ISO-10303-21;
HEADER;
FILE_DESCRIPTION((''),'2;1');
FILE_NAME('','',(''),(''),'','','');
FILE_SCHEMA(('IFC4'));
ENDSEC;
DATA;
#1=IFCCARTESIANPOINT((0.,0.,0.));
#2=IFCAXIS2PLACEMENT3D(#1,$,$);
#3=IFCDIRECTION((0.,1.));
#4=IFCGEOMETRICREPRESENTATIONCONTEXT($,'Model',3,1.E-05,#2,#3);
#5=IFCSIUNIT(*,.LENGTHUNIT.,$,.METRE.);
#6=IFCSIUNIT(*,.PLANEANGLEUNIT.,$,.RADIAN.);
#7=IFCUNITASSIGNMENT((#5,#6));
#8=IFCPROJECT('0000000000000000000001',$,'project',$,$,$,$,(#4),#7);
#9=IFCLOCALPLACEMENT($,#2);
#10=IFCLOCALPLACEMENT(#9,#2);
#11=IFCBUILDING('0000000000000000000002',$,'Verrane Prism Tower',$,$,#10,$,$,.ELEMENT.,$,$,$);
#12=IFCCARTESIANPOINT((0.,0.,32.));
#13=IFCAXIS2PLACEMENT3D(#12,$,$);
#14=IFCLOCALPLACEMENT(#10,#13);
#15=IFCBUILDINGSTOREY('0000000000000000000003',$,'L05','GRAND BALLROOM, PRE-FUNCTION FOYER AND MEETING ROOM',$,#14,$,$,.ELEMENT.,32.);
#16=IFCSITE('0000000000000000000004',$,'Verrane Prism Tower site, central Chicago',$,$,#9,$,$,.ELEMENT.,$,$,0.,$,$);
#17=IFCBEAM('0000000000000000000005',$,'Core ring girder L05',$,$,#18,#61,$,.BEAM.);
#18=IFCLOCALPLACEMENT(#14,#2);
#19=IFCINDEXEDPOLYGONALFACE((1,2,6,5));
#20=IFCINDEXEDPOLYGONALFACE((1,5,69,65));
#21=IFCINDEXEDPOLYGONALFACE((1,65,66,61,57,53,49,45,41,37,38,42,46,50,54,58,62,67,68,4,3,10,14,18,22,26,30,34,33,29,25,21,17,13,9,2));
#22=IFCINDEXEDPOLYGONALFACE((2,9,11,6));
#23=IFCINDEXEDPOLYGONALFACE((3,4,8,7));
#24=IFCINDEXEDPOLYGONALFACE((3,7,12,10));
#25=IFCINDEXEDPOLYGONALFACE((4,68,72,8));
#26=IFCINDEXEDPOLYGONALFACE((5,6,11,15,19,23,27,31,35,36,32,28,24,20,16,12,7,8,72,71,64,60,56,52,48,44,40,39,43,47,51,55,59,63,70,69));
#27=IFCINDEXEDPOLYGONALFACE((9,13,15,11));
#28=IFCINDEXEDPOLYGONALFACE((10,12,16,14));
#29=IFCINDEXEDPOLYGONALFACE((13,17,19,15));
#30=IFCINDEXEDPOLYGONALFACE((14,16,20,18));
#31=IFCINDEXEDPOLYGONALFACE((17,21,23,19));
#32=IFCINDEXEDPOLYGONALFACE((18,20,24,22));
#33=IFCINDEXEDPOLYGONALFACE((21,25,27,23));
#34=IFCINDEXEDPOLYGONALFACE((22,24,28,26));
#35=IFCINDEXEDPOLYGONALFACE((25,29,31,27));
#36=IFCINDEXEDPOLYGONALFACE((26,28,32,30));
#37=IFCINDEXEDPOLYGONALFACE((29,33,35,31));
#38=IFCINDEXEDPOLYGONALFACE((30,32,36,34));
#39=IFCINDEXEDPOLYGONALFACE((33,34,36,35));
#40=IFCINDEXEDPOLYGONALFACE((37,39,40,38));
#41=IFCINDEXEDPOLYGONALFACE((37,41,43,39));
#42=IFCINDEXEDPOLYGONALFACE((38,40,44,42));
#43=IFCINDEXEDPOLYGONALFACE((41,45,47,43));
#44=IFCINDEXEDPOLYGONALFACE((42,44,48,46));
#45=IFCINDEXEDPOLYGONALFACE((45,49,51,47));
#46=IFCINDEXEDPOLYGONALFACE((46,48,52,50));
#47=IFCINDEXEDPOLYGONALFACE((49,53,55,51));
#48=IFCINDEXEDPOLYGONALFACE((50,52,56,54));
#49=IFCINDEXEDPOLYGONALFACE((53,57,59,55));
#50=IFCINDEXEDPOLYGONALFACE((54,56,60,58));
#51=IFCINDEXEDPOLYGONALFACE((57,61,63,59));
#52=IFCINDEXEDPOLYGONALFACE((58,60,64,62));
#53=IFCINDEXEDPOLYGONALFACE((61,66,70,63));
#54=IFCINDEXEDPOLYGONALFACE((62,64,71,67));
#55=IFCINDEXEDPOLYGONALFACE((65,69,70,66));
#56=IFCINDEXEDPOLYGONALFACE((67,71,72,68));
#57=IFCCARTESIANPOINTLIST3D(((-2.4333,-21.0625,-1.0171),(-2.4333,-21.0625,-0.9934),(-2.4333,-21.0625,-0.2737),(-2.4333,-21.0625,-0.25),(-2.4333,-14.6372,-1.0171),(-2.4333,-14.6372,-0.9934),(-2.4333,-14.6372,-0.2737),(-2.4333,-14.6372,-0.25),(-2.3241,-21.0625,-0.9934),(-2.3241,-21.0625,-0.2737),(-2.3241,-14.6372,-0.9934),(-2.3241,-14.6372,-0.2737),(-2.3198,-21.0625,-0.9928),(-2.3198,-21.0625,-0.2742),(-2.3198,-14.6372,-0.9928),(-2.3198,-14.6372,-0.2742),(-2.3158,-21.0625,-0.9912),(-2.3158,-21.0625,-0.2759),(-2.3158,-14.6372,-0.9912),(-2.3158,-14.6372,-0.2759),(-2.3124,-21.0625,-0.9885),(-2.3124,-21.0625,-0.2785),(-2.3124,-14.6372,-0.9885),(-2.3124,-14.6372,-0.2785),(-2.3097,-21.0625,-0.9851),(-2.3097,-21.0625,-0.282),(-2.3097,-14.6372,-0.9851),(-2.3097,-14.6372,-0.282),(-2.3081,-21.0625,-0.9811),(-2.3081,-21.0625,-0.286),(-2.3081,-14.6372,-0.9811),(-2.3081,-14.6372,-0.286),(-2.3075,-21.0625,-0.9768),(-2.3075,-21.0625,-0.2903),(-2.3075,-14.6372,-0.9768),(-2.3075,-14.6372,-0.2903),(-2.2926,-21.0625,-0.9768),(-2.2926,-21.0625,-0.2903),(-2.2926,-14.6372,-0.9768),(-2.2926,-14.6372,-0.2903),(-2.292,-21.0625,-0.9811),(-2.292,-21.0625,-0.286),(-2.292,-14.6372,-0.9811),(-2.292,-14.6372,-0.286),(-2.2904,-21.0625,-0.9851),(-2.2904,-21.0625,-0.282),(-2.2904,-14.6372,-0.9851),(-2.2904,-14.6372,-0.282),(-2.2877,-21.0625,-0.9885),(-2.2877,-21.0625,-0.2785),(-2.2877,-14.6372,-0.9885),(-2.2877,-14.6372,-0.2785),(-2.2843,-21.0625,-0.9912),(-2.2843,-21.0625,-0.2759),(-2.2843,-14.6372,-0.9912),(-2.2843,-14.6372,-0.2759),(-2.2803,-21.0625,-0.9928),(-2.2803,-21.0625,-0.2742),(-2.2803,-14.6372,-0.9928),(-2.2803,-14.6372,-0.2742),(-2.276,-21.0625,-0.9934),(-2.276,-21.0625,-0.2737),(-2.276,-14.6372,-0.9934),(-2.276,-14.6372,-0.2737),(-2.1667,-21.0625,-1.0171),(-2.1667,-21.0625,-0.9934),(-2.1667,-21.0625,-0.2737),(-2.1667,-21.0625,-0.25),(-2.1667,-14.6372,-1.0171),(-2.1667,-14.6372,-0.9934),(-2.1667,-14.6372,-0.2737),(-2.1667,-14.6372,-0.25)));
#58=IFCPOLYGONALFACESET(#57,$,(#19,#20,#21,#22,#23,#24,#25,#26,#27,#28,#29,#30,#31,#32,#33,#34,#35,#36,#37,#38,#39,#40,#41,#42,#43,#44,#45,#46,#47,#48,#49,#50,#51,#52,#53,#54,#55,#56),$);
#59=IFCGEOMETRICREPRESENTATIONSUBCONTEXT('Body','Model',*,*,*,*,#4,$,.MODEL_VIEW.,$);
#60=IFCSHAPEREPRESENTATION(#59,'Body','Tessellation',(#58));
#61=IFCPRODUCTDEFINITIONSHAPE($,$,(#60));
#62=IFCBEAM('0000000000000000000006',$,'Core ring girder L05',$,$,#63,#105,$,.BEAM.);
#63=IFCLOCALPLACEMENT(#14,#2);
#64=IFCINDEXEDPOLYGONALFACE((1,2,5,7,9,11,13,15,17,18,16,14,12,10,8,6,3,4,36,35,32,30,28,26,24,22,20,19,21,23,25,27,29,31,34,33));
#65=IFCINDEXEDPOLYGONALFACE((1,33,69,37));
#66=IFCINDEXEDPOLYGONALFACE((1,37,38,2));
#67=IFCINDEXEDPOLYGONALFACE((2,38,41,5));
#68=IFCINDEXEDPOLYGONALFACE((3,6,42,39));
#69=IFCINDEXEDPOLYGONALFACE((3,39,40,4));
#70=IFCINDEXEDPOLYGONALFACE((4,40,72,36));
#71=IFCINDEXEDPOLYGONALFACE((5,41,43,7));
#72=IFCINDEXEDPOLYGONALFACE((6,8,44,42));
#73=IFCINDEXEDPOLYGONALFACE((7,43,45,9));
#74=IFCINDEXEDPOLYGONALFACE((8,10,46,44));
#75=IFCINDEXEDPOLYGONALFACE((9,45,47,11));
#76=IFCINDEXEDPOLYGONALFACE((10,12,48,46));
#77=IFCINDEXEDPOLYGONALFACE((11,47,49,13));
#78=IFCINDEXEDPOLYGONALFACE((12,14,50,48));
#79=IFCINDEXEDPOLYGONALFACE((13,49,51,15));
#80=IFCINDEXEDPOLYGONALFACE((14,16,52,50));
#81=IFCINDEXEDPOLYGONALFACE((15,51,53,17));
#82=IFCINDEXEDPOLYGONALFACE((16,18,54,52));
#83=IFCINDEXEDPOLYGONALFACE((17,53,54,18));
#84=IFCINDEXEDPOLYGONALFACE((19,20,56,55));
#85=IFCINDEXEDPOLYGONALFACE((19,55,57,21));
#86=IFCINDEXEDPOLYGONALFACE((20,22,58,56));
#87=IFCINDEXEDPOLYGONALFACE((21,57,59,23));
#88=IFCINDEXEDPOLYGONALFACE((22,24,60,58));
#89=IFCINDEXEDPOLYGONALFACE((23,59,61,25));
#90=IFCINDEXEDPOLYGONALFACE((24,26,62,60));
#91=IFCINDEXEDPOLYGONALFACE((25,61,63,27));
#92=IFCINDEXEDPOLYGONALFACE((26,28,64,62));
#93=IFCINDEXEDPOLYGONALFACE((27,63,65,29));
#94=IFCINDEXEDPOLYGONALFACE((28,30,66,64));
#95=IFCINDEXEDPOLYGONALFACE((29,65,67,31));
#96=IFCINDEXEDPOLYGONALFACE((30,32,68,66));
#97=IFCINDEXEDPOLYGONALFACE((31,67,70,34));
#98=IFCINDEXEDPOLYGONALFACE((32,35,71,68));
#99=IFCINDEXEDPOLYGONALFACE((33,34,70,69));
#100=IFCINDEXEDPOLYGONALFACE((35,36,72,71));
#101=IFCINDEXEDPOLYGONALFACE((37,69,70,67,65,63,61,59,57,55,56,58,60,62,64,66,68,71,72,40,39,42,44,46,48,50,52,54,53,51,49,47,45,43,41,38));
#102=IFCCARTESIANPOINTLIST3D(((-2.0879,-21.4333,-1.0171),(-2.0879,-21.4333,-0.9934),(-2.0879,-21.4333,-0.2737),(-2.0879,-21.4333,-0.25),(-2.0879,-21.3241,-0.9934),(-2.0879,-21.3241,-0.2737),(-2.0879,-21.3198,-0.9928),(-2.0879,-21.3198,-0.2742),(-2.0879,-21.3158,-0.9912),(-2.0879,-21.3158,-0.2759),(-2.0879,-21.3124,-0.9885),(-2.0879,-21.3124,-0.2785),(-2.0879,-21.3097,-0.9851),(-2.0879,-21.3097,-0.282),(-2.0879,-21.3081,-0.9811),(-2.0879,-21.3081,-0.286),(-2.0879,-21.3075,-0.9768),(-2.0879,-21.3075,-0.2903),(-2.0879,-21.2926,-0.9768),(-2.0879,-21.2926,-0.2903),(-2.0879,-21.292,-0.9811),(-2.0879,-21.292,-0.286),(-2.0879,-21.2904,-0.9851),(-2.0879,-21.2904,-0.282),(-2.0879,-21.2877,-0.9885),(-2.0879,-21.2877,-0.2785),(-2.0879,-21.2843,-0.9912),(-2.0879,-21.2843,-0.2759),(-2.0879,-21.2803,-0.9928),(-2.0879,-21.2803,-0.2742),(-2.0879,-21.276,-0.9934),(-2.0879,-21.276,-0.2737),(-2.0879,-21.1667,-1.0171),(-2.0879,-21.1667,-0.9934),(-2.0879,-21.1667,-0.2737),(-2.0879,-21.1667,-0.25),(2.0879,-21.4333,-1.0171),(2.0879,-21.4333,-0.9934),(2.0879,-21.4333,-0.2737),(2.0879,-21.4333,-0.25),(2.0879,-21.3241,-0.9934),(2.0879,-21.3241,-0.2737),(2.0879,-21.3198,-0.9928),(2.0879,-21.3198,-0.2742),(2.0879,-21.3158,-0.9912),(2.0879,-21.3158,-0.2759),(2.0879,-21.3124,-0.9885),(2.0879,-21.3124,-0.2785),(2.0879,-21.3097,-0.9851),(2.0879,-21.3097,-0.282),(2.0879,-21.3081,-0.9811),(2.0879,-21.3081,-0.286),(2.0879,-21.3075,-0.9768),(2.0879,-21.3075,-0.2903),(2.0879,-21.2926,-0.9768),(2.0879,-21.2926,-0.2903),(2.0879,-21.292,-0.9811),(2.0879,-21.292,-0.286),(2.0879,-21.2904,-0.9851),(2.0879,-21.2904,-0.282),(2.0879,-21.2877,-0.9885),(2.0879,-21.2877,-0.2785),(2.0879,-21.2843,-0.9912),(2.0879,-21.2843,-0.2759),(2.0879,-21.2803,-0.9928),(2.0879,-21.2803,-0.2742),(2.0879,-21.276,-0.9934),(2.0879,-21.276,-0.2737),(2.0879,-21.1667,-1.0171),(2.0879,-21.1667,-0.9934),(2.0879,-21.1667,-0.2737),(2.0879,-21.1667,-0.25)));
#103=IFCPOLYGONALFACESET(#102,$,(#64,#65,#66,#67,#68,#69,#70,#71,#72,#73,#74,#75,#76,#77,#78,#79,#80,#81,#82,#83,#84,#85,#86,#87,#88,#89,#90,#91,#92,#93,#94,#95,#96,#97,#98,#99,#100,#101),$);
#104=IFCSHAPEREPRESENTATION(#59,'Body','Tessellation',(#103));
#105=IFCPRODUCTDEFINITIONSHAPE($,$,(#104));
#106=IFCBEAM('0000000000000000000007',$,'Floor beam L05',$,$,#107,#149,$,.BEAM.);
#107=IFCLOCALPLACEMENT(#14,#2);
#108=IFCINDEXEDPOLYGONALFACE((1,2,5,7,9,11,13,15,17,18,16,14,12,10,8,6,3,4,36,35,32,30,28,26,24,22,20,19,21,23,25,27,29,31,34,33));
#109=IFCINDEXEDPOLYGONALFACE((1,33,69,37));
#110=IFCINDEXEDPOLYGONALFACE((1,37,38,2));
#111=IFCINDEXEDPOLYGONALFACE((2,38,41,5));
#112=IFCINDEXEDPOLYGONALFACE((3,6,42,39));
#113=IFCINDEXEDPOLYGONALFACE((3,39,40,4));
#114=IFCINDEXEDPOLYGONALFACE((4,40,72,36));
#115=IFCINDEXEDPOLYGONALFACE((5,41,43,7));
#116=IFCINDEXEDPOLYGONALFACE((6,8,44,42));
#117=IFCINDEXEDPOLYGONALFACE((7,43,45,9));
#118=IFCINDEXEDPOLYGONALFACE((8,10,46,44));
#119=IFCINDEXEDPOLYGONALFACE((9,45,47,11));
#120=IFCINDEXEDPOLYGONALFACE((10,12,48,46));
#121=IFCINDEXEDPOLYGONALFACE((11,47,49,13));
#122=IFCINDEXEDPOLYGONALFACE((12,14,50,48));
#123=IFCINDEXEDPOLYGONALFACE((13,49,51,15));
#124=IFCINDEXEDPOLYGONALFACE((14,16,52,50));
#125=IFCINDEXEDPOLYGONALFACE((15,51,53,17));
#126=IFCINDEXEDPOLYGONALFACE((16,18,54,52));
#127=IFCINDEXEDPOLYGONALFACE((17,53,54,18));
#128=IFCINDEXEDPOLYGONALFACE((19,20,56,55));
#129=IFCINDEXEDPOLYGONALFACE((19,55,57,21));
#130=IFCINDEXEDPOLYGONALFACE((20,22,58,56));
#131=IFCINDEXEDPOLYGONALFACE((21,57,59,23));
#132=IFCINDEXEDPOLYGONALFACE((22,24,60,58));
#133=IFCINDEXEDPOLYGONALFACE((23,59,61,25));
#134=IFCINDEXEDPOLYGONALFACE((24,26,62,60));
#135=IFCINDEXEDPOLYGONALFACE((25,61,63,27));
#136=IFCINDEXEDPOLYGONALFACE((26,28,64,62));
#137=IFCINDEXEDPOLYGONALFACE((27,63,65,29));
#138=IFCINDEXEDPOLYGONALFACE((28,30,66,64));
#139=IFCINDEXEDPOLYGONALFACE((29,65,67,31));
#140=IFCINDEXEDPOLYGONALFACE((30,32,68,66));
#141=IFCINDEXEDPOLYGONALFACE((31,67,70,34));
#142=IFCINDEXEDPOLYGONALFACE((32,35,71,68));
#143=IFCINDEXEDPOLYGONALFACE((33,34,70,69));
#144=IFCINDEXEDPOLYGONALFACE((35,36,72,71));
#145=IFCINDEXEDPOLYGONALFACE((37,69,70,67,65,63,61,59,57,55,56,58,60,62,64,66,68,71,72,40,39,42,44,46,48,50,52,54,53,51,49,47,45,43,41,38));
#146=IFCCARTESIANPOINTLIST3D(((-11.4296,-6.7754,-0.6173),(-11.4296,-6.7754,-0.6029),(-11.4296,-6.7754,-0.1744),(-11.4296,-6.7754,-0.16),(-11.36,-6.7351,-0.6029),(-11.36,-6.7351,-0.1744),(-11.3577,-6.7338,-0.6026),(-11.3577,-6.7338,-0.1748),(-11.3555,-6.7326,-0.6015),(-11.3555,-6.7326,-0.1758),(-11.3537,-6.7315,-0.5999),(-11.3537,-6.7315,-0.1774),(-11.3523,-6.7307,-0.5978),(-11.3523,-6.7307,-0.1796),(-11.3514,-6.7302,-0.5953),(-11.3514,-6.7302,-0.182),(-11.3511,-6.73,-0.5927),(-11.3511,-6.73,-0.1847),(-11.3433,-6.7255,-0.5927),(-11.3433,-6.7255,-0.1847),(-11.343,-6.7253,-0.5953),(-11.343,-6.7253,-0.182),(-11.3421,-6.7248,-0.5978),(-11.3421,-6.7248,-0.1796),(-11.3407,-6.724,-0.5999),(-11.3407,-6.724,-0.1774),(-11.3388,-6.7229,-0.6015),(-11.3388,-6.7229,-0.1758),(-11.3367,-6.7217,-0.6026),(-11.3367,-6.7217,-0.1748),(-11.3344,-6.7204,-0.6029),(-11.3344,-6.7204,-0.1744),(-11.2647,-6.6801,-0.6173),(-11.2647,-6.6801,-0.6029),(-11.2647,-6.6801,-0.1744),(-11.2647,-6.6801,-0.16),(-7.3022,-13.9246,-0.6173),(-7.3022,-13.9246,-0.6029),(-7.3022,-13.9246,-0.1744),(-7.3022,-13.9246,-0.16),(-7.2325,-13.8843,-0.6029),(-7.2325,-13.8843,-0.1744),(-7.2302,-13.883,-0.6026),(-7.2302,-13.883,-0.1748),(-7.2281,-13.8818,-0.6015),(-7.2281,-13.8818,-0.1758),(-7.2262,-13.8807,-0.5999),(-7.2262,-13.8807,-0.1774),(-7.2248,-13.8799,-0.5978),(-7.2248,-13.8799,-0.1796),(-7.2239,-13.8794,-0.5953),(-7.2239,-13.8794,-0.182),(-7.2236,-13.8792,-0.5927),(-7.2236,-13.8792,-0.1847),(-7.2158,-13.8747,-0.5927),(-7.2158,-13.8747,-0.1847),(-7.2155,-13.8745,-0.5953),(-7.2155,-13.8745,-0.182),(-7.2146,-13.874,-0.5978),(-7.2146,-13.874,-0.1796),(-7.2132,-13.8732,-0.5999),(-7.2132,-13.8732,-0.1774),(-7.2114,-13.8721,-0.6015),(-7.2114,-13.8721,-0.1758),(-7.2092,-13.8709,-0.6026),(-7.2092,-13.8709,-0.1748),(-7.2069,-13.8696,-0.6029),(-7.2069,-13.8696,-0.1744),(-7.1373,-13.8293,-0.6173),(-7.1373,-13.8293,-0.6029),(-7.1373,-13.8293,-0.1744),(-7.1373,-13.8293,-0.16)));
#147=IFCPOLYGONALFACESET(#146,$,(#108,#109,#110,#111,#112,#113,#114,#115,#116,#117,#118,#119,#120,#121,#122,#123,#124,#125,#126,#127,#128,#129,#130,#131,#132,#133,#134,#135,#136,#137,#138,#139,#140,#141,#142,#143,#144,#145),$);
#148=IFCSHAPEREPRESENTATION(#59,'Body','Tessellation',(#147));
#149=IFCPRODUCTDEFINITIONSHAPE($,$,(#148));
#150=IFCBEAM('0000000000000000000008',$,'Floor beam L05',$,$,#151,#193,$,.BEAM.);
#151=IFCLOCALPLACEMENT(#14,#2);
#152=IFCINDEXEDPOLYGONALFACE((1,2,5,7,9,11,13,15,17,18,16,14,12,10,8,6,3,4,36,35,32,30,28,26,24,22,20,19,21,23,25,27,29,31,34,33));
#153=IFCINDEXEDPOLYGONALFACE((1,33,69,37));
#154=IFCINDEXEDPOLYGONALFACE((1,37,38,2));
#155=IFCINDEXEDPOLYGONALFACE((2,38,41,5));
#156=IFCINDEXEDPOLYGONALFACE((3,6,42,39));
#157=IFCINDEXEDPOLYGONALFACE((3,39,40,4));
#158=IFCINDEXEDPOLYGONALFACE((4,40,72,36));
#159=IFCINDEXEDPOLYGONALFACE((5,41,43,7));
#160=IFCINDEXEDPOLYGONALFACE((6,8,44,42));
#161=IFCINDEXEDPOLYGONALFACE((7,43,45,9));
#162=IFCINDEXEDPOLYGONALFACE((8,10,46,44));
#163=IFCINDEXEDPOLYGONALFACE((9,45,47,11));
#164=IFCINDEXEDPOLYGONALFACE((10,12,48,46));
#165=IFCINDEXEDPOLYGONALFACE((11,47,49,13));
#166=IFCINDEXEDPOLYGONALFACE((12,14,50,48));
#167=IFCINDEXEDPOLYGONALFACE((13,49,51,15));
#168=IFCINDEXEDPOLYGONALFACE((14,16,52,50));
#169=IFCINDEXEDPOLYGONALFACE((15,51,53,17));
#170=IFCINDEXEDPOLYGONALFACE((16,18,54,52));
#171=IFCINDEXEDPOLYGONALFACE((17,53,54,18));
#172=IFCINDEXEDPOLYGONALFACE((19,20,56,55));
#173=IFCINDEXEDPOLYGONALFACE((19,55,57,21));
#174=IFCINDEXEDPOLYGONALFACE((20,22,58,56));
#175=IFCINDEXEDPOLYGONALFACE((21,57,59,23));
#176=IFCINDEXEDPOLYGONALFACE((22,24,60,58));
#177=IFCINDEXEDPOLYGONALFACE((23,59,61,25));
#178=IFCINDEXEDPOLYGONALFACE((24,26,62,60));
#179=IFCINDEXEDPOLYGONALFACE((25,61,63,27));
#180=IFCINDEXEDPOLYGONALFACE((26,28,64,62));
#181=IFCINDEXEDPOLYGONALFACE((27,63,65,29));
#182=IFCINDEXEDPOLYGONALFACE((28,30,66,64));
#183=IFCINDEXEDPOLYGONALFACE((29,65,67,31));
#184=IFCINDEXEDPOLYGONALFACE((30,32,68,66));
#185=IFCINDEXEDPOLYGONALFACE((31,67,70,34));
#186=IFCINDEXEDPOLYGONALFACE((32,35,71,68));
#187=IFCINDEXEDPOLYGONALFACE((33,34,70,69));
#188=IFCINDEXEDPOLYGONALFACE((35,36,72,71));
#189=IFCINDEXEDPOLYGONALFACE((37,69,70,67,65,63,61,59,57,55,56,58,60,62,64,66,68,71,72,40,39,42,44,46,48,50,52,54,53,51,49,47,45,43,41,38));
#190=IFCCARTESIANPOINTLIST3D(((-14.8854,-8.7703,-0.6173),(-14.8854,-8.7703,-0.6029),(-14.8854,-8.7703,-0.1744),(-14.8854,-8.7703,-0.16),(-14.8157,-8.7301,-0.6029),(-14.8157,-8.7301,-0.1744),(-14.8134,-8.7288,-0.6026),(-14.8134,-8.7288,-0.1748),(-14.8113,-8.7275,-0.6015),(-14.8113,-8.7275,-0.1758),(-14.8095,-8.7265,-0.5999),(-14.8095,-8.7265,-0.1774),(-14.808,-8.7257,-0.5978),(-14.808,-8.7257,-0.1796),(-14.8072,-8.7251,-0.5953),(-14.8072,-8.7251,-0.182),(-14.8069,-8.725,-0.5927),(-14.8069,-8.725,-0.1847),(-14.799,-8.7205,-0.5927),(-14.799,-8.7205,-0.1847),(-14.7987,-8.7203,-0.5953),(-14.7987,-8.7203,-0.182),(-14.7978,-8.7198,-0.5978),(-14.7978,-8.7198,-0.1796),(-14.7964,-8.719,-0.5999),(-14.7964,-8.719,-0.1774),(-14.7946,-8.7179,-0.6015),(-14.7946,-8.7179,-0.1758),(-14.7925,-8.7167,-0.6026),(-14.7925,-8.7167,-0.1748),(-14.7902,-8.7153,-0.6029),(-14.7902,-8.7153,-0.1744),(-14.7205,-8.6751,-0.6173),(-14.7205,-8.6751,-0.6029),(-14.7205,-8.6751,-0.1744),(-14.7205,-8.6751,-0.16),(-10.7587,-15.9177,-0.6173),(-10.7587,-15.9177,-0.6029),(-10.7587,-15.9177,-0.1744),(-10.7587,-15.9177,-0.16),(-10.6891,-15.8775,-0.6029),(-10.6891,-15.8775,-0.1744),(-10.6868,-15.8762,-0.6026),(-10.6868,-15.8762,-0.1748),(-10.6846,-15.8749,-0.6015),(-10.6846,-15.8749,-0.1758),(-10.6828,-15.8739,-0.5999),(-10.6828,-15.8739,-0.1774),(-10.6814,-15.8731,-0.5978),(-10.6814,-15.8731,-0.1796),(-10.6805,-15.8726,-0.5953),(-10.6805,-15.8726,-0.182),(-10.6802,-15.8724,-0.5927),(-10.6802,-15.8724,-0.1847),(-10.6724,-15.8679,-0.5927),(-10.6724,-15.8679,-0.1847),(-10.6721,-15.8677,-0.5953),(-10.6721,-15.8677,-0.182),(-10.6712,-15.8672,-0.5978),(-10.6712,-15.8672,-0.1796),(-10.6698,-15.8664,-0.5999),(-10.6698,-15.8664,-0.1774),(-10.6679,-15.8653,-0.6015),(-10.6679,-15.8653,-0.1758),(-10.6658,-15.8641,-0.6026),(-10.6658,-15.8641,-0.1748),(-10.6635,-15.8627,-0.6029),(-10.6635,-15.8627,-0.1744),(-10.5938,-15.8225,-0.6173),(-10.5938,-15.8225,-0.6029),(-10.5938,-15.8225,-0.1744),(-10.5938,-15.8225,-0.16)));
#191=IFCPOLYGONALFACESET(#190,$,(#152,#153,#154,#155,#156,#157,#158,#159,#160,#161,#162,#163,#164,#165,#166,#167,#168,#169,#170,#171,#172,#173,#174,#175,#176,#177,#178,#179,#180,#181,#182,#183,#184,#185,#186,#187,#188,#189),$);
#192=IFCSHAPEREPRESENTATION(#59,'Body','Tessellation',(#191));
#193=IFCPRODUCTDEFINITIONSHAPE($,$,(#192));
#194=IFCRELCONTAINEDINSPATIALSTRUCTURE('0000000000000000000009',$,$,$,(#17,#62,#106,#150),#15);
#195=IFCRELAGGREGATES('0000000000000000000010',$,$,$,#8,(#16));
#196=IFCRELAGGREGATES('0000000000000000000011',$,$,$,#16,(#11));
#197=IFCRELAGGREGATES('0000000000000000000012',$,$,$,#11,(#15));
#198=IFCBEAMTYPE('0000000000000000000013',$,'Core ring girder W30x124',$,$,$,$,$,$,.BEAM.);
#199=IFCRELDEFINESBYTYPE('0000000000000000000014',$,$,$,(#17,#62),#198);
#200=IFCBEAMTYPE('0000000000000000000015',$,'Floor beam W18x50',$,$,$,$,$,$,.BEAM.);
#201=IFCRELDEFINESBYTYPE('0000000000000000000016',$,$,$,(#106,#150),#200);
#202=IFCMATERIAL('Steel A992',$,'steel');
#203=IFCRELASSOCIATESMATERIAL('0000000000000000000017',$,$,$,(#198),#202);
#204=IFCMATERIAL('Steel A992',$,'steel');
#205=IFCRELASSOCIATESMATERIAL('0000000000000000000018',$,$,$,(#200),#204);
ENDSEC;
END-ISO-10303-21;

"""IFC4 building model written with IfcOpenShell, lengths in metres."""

from ifc_helpers import new_model, si_unit, direction, frame, origin, origin_2d, place, context, subcontext, project, spatial, i_section, extrude, material, material_profile, profile_set, type_object, element, save


model = new_model("IFC4")

# Units and contexts
model_context = context("Model", 3, precision=1e-05, world=origin(), true_north=direction((0.0, 1.0)))
body_context = subcontext(model_context, "Body", "Model", "MODEL_VIEW")
ifc_project = project(units=[si_unit("LENGTHUNIT", "METRE"), si_unit("PLANEANGLEUNIT", "RADIAN")], contexts=[model_context])

# Site, building, storey
site_placement = place(None, origin())
site = spatial("IfcSite", under=ifc_project, at=site_placement, Name="Verrane Prism Tower site, central Chicago", CompositionType="ELEMENT", RefElevation=0.0)
building_placement = place(site_placement, origin())
building = spatial("IfcBuilding", under=site, at=building_placement, Name="Verrane Prism Tower", CompositionType="ELEMENT")
storey_placement = place(building_placement, frame((0.0, 0.0, 32.0)))
storey = spatial("IfcBuildingStorey", under=building, at=storey_placement, Name="L05", Description="GRAND BALLROOM, PRE-FUNCTION FOYER AND MEETING ROOM", CompositionType="ELEMENT", Elevation=32.0)

# Beams
ifc_material_1 = material(Name="Steel A992", Category="steel")
ifc_material_profile_1 = material_profile(ifc_material_1, i_section(OverallWidth=0.2666, OverallDepth=0.7671, WebThickness=0.0149, FlangeThickness=0.0237, FilletRadius=0.0166, at=origin_2d()), Name="W30x124")
ifc_profile_set_1 = profile_set([ifc_material_profile_1], Name="Steel A992")
beam_type_1 = type_object("IfcBeamType", Name="Core ring girder W30x124", PredefinedType="BEAM", material=ifc_profile_set_1)
beam_1_placement = place(storey_placement, frame((-2.3, -14.6372, -0.6335), z_axis=(0.0, -1.0, 0.0), x_axis=(1.0, 0.0, 0.0)))
element("IfcBeam", 1, at=beam_1_placement, inside=storey, type_object=beam_type_1, Name="Core ring girder L05", PredefinedType="BEAM", context=body_context, shape_type="SweptSolid", body=[
    extrude(i_section(OverallWidth=0.2666, OverallDepth=0.7671, WebThickness=0.0149, FlangeThickness=0.0237, FilletRadius=0.0166, at=origin_2d()), origin(), (0.0, 0.0, 1.0), 6.4253),
])
beam_2_placement = place(storey_placement, frame((-2.0879, -21.3, -0.6335), z_axis=(1.0, 0.0, 0.0), x_axis=(0.0, 1.0, 0.0)))
element("IfcBeam", 2, at=beam_2_placement, inside=storey, type_object=beam_type_1, Name="Core ring girder L05", PredefinedType="BEAM", context=body_context, shape_type="SweptSolid", body=[
    extrude(i_section(OverallWidth=0.2666, OverallDepth=0.7671, WebThickness=0.0149, FlangeThickness=0.0237, FilletRadius=0.0166, at=origin_2d()), origin(), (0.0, 0.0, 1.0), 4.1758),
])
ifc_material_2 = material(Name="Steel A992", Category="steel")
ifc_material_profile_2 = material_profile(ifc_material_2, i_section(OverallWidth=0.1904, OverallDepth=0.4573, WebThickness=0.009, FlangeThickness=0.0144, FilletRadius=0.0103, at=origin_2d()), Name="W18x50")
ifc_profile_set_2 = profile_set([ifc_material_profile_2], Name="Steel A992")
beam_type_2 = type_object("IfcBeamType", Name="Floor beam W18x50", PredefinedType="BEAM", material=ifc_profile_set_2)
beam_3_placement = place(storey_placement, frame((-7.2197, -13.877, -0.3887), z_axis=(-0.499988, 0.866032, 0.0), x_axis=(-0.866032, -0.499988, 0.0)))
element("IfcBeam", 3, at=beam_3_placement, inside=storey, type_object=beam_type_2, Name="Floor beam L05", PredefinedType="BEAM", context=body_context, shape_type="SweptSolid", body=[
    extrude(i_section(OverallWidth=0.1904, OverallDepth=0.4573, WebThickness=0.009, FlangeThickness=0.0144, FilletRadius=0.0103, at=origin_2d()), origin(), (0.0, 0.0, 1.0), 8.2551),
])
beam_4_placement = place(storey_placement, frame((-10.6763, -15.8701, -0.3887), z_axis=(-0.500011, 0.866019, 0.0), x_axis=(-0.866019, -0.500011, 0.0)))
element("IfcBeam", 4, at=beam_4_placement, inside=storey, type_object=beam_type_2, Name="Floor beam L05", PredefinedType="BEAM", context=body_context, shape_type="SweptSolid", body=[
    extrude(i_section(OverallWidth=0.1904, OverallDepth=0.4573, WebThickness=0.009, FlangeThickness=0.0144, FilletRadius=0.0103, at=origin_2d()), origin(), (0.0, 0.0, 1.0), 8.2532),
])

save(model, "model.ifc")
